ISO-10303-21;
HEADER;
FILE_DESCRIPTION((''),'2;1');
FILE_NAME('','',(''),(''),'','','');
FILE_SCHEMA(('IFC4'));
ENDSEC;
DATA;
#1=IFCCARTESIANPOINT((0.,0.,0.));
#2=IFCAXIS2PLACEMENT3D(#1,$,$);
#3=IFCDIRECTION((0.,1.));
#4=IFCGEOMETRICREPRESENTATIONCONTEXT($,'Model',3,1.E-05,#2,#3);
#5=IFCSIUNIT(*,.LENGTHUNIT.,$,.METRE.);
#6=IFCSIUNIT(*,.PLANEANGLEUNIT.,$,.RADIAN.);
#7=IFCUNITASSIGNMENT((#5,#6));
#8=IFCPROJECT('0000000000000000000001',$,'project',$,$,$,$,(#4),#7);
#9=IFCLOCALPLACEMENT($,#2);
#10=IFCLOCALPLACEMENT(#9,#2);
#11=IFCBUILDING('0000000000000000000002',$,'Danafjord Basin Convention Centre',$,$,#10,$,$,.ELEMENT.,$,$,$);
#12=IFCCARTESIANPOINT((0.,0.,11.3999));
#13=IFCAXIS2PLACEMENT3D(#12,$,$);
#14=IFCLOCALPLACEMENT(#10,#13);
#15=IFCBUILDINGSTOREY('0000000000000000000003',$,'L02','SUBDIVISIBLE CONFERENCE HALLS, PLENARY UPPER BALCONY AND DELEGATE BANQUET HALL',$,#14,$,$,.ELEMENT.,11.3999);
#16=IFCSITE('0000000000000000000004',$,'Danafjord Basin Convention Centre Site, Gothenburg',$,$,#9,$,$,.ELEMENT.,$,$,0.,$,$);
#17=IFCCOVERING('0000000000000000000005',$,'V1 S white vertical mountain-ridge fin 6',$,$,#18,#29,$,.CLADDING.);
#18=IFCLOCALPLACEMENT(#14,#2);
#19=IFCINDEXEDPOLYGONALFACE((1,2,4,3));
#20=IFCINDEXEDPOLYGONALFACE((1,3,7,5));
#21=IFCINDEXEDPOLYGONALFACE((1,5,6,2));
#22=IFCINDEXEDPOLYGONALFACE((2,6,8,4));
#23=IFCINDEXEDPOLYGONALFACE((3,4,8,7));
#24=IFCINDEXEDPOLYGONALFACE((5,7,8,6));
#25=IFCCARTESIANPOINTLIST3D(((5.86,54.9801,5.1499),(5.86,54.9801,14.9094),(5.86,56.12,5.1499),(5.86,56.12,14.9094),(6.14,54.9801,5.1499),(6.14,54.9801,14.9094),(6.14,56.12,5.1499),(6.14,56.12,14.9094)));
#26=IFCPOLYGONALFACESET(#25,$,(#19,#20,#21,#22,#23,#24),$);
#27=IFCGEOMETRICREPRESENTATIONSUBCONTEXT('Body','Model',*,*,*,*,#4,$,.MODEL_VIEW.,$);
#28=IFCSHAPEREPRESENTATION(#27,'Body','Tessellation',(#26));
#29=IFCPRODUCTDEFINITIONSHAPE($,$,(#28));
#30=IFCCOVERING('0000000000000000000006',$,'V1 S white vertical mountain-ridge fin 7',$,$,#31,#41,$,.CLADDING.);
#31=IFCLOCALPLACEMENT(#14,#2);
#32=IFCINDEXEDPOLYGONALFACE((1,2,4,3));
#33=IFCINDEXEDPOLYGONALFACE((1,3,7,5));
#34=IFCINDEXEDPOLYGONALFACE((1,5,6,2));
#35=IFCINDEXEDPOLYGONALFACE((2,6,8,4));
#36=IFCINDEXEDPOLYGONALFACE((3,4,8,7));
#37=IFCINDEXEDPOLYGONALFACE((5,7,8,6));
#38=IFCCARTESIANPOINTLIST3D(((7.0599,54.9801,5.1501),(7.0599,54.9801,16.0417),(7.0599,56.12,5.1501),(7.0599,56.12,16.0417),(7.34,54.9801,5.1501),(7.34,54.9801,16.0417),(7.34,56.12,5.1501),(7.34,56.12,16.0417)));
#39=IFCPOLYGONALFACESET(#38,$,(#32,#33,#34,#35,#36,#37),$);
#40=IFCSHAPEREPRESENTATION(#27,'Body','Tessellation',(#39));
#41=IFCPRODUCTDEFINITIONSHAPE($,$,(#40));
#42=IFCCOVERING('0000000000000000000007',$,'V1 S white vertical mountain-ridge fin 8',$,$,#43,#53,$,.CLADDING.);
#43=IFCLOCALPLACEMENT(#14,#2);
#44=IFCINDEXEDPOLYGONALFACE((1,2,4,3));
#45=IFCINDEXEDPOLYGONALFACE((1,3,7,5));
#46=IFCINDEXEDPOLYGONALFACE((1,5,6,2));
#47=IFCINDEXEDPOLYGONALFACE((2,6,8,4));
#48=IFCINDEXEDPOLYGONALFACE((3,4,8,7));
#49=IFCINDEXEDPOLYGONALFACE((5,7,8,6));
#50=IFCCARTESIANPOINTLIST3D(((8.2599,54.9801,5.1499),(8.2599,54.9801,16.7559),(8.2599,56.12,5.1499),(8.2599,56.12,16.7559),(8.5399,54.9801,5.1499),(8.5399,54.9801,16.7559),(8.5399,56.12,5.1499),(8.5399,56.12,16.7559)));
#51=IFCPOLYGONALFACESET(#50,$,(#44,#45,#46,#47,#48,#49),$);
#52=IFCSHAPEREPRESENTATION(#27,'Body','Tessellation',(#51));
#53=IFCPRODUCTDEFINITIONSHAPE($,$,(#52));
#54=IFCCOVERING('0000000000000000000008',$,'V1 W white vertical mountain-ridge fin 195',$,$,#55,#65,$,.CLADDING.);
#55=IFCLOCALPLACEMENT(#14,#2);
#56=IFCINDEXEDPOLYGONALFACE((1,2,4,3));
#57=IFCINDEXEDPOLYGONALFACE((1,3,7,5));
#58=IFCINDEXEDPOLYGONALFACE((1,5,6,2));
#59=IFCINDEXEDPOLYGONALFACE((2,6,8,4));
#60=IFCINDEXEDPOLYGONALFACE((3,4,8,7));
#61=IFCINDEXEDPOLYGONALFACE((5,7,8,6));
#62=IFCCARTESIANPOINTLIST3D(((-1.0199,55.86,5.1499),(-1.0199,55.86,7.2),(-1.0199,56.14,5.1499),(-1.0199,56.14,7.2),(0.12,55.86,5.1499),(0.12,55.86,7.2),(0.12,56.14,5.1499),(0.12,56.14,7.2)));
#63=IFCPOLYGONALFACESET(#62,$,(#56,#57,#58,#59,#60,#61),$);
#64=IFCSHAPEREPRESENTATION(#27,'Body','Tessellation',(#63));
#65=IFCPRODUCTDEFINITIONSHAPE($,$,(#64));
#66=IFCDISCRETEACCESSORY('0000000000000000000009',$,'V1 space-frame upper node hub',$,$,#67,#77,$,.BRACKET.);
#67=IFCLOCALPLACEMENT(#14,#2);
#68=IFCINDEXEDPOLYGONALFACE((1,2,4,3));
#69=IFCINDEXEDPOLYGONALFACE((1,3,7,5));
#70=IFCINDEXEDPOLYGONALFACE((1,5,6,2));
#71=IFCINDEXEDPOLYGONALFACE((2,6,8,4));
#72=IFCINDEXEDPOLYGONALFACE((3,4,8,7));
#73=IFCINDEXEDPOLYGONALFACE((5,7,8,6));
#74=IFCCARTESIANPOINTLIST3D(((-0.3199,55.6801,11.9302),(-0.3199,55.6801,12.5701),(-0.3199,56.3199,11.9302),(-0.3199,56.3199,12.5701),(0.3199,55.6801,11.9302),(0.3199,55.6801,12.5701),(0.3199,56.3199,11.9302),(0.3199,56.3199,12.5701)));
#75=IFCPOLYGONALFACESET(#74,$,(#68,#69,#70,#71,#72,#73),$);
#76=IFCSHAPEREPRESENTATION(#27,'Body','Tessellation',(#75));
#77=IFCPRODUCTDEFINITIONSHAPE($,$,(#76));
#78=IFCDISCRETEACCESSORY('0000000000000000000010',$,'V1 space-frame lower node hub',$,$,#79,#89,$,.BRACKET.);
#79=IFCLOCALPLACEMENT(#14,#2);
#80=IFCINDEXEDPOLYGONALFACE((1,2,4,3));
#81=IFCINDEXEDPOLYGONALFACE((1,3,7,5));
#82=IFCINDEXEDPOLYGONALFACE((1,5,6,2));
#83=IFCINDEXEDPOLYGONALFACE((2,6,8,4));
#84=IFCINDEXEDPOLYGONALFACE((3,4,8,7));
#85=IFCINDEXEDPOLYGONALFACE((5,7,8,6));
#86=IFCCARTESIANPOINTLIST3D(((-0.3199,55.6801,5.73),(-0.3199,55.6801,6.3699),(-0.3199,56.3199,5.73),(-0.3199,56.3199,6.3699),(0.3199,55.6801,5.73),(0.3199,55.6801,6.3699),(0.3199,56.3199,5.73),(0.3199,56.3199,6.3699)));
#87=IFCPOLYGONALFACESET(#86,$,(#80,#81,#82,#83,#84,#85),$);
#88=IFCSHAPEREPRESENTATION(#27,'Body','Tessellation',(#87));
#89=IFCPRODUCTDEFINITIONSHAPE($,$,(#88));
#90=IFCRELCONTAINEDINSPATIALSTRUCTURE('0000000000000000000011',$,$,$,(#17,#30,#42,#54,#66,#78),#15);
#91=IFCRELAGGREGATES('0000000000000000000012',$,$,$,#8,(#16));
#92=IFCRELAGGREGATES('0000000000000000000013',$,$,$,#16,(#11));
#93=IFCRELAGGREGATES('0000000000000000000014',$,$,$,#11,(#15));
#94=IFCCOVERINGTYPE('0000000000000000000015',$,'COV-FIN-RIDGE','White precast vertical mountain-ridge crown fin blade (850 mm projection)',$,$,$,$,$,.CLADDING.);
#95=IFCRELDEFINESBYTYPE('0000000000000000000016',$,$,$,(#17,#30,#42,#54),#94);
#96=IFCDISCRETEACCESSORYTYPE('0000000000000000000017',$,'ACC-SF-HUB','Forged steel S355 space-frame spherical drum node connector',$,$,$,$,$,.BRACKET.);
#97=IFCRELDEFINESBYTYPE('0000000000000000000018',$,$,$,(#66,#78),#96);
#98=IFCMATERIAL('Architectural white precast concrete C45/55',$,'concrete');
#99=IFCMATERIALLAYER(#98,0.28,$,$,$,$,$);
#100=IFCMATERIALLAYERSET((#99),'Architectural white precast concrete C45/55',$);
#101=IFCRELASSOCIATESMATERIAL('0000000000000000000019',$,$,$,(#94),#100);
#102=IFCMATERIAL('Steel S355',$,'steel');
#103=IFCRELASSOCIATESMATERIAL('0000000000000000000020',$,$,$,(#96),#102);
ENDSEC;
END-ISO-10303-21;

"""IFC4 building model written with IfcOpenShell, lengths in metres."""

from ifc_helpers import new_model, si_unit, direction, frame, origin, origin_2d, place, context, subcontext, project, spatial, rectangle, extrude, material, layer, layer_set, type_object, element, save


model = new_model("IFC4")

# Units and contexts
model_context = context("Model", 3, precision=1e-05, world=origin(), true_north=direction((0.0, 1.0)))
body_context = subcontext(model_context, "Body", "Model", "MODEL_VIEW")
ifc_project = project(units=[si_unit("LENGTHUNIT", "METRE"), si_unit("PLANEANGLEUNIT", "RADIAN")], contexts=[model_context])

# Site, building, storey
site_placement = place(None, origin())
site = spatial("IfcSite", under=ifc_project, at=site_placement, Name="Danafjord Basin Convention Centre Site, Gothenburg", CompositionType="ELEMENT", RefElevation=0.0)
building_placement = place(site_placement, origin())
building = spatial("IfcBuilding", under=site, at=building_placement, Name="Danafjord Basin Convention Centre", CompositionType="ELEMENT")
storey_placement = place(building_placement, frame((0.0, 0.0, 11.3999)))
storey = spatial("IfcBuildingStorey", under=building, at=storey_placement, Name="L02", Description="SUBDIVISIBLE CONFERENCE HALLS, PLENARY UPPER BALCONY AND DELEGATE BANQUET HALL", CompositionType="ELEMENT", Elevation=11.3999)

# Shared definitions
ifc_material_1 = material(Name="Steel S355", Category="steel")

# Coverings
ifc_material_2 = material(Name="Architectural white precast concrete C45/55", Category="concrete")
ifc_layer = layer(ifc_material_2, 0.28)
ifc_layer_set = layer_set([ifc_layer], Name="Architectural white precast concrete C45/55")
covering_type = type_object("IfcCoveringType", Name="COV-FIN-RIDGE", Description="White precast vertical mountain-ridge crown fin blade (850 mm projection)", PredefinedType="CLADDING", material=ifc_layer_set)
covering_1_placement = place(storey_placement, frame((6.0, 55.55, 5.1499), z_axis=(0.0, 0.0, 1.0), x_axis=(0.0, 1.0, 0.0)))
element("IfcCovering", 1, at=covering_1_placement, inside=storey, type_object=covering_type, Name="V1 S white vertical mountain-ridge fin 6", PredefinedType="CLADDING", context=body_context, shape_type="SweptSolid", body=[
    extrude(rectangle(XDim=1.1399, YDim=0.28, at=origin_2d()), origin(), (0.0, 0.0, 1.0), 9.7595),
])
covering_2_placement = place(storey_placement, frame((7.2, 55.55, 5.1501), z_axis=(0.0, 0.0, 1.0), x_axis=(0.0, 1.0, 0.0)))
element("IfcCovering", 2, at=covering_2_placement, inside=storey, type_object=covering_type, Name="V1 S white vertical mountain-ridge fin 7", PredefinedType="CLADDING", context=body_context, shape_type="SweptSolid", body=[
    extrude(rectangle(XDim=1.1399, YDim=0.28, at=origin_2d()), origin(), (0.0, 0.0, 1.0), 10.8916),
])
covering_3_placement = place(storey_placement, frame((8.3999, 55.55, 5.1499), z_axis=(0.0, 0.0, 1.0), x_axis=(0.0, 1.0, 0.0)))
element("IfcCovering", 3, at=covering_3_placement, inside=storey, type_object=covering_type, Name="V1 S white vertical mountain-ridge fin 8", PredefinedType="CLADDING", context=body_context, shape_type="SweptSolid", body=[
    extrude(rectangle(XDim=1.1399, YDim=0.28, at=origin_2d()), origin(), (0.0, 0.0, 1.0), 11.606),
])
covering_4_placement = place(storey_placement, frame((-0.45, 56.0, 5.1499), z_axis=(0.0, 0.0, 1.0), x_axis=(1.0, 0.0, 0.0)))
element("IfcCovering", 4, at=covering_4_placement, inside=storey, type_object=covering_type, Name="V1 W white vertical mountain-ridge fin 195", PredefinedType="CLADDING", context=body_context, shape_type="SweptSolid", body=[
    extrude(rectangle(XDim=1.1399, YDim=0.28, at=origin_2d()), origin(), (0.0, 0.0, 1.0), 2.05),
])

# Discrete accessories
discrete_accessory_type = type_object("IfcDiscreteAccessoryType", Name="ACC-SF-HUB", Description="Forged steel S355 space-frame spherical drum node connector", PredefinedType="BRACKET", material=ifc_material_1)
for number, where, z_axis, x_axis, name in (
    (5, (0.0, 56.0, 11.9302), (0.0, 0.0, 1.0), (1.0, 0.0, 0.0), "V1 space-frame upper node hub"),
    (6, (0.0, 56.0, 5.73), (0.0, 0.0, 1.0), (1.0, 0.0, 0.0), "V1 space-frame lower node hub"),
):
    element("IfcDiscreteAccessory", number, at=place(storey_placement, frame(where, z_axis=z_axis, x_axis=x_axis)), inside=storey, type_object=discrete_accessory_type, Name=name, PredefinedType="BRACKET", context=body_context, shape_type="SweptSolid", body=[
        extrude(rectangle(XDim=0.6399, YDim=0.6399, at=origin_2d()), origin(), (0.0, 0.0, 1.0), 0.6399),
    ])

save(model, "model.ifc")
